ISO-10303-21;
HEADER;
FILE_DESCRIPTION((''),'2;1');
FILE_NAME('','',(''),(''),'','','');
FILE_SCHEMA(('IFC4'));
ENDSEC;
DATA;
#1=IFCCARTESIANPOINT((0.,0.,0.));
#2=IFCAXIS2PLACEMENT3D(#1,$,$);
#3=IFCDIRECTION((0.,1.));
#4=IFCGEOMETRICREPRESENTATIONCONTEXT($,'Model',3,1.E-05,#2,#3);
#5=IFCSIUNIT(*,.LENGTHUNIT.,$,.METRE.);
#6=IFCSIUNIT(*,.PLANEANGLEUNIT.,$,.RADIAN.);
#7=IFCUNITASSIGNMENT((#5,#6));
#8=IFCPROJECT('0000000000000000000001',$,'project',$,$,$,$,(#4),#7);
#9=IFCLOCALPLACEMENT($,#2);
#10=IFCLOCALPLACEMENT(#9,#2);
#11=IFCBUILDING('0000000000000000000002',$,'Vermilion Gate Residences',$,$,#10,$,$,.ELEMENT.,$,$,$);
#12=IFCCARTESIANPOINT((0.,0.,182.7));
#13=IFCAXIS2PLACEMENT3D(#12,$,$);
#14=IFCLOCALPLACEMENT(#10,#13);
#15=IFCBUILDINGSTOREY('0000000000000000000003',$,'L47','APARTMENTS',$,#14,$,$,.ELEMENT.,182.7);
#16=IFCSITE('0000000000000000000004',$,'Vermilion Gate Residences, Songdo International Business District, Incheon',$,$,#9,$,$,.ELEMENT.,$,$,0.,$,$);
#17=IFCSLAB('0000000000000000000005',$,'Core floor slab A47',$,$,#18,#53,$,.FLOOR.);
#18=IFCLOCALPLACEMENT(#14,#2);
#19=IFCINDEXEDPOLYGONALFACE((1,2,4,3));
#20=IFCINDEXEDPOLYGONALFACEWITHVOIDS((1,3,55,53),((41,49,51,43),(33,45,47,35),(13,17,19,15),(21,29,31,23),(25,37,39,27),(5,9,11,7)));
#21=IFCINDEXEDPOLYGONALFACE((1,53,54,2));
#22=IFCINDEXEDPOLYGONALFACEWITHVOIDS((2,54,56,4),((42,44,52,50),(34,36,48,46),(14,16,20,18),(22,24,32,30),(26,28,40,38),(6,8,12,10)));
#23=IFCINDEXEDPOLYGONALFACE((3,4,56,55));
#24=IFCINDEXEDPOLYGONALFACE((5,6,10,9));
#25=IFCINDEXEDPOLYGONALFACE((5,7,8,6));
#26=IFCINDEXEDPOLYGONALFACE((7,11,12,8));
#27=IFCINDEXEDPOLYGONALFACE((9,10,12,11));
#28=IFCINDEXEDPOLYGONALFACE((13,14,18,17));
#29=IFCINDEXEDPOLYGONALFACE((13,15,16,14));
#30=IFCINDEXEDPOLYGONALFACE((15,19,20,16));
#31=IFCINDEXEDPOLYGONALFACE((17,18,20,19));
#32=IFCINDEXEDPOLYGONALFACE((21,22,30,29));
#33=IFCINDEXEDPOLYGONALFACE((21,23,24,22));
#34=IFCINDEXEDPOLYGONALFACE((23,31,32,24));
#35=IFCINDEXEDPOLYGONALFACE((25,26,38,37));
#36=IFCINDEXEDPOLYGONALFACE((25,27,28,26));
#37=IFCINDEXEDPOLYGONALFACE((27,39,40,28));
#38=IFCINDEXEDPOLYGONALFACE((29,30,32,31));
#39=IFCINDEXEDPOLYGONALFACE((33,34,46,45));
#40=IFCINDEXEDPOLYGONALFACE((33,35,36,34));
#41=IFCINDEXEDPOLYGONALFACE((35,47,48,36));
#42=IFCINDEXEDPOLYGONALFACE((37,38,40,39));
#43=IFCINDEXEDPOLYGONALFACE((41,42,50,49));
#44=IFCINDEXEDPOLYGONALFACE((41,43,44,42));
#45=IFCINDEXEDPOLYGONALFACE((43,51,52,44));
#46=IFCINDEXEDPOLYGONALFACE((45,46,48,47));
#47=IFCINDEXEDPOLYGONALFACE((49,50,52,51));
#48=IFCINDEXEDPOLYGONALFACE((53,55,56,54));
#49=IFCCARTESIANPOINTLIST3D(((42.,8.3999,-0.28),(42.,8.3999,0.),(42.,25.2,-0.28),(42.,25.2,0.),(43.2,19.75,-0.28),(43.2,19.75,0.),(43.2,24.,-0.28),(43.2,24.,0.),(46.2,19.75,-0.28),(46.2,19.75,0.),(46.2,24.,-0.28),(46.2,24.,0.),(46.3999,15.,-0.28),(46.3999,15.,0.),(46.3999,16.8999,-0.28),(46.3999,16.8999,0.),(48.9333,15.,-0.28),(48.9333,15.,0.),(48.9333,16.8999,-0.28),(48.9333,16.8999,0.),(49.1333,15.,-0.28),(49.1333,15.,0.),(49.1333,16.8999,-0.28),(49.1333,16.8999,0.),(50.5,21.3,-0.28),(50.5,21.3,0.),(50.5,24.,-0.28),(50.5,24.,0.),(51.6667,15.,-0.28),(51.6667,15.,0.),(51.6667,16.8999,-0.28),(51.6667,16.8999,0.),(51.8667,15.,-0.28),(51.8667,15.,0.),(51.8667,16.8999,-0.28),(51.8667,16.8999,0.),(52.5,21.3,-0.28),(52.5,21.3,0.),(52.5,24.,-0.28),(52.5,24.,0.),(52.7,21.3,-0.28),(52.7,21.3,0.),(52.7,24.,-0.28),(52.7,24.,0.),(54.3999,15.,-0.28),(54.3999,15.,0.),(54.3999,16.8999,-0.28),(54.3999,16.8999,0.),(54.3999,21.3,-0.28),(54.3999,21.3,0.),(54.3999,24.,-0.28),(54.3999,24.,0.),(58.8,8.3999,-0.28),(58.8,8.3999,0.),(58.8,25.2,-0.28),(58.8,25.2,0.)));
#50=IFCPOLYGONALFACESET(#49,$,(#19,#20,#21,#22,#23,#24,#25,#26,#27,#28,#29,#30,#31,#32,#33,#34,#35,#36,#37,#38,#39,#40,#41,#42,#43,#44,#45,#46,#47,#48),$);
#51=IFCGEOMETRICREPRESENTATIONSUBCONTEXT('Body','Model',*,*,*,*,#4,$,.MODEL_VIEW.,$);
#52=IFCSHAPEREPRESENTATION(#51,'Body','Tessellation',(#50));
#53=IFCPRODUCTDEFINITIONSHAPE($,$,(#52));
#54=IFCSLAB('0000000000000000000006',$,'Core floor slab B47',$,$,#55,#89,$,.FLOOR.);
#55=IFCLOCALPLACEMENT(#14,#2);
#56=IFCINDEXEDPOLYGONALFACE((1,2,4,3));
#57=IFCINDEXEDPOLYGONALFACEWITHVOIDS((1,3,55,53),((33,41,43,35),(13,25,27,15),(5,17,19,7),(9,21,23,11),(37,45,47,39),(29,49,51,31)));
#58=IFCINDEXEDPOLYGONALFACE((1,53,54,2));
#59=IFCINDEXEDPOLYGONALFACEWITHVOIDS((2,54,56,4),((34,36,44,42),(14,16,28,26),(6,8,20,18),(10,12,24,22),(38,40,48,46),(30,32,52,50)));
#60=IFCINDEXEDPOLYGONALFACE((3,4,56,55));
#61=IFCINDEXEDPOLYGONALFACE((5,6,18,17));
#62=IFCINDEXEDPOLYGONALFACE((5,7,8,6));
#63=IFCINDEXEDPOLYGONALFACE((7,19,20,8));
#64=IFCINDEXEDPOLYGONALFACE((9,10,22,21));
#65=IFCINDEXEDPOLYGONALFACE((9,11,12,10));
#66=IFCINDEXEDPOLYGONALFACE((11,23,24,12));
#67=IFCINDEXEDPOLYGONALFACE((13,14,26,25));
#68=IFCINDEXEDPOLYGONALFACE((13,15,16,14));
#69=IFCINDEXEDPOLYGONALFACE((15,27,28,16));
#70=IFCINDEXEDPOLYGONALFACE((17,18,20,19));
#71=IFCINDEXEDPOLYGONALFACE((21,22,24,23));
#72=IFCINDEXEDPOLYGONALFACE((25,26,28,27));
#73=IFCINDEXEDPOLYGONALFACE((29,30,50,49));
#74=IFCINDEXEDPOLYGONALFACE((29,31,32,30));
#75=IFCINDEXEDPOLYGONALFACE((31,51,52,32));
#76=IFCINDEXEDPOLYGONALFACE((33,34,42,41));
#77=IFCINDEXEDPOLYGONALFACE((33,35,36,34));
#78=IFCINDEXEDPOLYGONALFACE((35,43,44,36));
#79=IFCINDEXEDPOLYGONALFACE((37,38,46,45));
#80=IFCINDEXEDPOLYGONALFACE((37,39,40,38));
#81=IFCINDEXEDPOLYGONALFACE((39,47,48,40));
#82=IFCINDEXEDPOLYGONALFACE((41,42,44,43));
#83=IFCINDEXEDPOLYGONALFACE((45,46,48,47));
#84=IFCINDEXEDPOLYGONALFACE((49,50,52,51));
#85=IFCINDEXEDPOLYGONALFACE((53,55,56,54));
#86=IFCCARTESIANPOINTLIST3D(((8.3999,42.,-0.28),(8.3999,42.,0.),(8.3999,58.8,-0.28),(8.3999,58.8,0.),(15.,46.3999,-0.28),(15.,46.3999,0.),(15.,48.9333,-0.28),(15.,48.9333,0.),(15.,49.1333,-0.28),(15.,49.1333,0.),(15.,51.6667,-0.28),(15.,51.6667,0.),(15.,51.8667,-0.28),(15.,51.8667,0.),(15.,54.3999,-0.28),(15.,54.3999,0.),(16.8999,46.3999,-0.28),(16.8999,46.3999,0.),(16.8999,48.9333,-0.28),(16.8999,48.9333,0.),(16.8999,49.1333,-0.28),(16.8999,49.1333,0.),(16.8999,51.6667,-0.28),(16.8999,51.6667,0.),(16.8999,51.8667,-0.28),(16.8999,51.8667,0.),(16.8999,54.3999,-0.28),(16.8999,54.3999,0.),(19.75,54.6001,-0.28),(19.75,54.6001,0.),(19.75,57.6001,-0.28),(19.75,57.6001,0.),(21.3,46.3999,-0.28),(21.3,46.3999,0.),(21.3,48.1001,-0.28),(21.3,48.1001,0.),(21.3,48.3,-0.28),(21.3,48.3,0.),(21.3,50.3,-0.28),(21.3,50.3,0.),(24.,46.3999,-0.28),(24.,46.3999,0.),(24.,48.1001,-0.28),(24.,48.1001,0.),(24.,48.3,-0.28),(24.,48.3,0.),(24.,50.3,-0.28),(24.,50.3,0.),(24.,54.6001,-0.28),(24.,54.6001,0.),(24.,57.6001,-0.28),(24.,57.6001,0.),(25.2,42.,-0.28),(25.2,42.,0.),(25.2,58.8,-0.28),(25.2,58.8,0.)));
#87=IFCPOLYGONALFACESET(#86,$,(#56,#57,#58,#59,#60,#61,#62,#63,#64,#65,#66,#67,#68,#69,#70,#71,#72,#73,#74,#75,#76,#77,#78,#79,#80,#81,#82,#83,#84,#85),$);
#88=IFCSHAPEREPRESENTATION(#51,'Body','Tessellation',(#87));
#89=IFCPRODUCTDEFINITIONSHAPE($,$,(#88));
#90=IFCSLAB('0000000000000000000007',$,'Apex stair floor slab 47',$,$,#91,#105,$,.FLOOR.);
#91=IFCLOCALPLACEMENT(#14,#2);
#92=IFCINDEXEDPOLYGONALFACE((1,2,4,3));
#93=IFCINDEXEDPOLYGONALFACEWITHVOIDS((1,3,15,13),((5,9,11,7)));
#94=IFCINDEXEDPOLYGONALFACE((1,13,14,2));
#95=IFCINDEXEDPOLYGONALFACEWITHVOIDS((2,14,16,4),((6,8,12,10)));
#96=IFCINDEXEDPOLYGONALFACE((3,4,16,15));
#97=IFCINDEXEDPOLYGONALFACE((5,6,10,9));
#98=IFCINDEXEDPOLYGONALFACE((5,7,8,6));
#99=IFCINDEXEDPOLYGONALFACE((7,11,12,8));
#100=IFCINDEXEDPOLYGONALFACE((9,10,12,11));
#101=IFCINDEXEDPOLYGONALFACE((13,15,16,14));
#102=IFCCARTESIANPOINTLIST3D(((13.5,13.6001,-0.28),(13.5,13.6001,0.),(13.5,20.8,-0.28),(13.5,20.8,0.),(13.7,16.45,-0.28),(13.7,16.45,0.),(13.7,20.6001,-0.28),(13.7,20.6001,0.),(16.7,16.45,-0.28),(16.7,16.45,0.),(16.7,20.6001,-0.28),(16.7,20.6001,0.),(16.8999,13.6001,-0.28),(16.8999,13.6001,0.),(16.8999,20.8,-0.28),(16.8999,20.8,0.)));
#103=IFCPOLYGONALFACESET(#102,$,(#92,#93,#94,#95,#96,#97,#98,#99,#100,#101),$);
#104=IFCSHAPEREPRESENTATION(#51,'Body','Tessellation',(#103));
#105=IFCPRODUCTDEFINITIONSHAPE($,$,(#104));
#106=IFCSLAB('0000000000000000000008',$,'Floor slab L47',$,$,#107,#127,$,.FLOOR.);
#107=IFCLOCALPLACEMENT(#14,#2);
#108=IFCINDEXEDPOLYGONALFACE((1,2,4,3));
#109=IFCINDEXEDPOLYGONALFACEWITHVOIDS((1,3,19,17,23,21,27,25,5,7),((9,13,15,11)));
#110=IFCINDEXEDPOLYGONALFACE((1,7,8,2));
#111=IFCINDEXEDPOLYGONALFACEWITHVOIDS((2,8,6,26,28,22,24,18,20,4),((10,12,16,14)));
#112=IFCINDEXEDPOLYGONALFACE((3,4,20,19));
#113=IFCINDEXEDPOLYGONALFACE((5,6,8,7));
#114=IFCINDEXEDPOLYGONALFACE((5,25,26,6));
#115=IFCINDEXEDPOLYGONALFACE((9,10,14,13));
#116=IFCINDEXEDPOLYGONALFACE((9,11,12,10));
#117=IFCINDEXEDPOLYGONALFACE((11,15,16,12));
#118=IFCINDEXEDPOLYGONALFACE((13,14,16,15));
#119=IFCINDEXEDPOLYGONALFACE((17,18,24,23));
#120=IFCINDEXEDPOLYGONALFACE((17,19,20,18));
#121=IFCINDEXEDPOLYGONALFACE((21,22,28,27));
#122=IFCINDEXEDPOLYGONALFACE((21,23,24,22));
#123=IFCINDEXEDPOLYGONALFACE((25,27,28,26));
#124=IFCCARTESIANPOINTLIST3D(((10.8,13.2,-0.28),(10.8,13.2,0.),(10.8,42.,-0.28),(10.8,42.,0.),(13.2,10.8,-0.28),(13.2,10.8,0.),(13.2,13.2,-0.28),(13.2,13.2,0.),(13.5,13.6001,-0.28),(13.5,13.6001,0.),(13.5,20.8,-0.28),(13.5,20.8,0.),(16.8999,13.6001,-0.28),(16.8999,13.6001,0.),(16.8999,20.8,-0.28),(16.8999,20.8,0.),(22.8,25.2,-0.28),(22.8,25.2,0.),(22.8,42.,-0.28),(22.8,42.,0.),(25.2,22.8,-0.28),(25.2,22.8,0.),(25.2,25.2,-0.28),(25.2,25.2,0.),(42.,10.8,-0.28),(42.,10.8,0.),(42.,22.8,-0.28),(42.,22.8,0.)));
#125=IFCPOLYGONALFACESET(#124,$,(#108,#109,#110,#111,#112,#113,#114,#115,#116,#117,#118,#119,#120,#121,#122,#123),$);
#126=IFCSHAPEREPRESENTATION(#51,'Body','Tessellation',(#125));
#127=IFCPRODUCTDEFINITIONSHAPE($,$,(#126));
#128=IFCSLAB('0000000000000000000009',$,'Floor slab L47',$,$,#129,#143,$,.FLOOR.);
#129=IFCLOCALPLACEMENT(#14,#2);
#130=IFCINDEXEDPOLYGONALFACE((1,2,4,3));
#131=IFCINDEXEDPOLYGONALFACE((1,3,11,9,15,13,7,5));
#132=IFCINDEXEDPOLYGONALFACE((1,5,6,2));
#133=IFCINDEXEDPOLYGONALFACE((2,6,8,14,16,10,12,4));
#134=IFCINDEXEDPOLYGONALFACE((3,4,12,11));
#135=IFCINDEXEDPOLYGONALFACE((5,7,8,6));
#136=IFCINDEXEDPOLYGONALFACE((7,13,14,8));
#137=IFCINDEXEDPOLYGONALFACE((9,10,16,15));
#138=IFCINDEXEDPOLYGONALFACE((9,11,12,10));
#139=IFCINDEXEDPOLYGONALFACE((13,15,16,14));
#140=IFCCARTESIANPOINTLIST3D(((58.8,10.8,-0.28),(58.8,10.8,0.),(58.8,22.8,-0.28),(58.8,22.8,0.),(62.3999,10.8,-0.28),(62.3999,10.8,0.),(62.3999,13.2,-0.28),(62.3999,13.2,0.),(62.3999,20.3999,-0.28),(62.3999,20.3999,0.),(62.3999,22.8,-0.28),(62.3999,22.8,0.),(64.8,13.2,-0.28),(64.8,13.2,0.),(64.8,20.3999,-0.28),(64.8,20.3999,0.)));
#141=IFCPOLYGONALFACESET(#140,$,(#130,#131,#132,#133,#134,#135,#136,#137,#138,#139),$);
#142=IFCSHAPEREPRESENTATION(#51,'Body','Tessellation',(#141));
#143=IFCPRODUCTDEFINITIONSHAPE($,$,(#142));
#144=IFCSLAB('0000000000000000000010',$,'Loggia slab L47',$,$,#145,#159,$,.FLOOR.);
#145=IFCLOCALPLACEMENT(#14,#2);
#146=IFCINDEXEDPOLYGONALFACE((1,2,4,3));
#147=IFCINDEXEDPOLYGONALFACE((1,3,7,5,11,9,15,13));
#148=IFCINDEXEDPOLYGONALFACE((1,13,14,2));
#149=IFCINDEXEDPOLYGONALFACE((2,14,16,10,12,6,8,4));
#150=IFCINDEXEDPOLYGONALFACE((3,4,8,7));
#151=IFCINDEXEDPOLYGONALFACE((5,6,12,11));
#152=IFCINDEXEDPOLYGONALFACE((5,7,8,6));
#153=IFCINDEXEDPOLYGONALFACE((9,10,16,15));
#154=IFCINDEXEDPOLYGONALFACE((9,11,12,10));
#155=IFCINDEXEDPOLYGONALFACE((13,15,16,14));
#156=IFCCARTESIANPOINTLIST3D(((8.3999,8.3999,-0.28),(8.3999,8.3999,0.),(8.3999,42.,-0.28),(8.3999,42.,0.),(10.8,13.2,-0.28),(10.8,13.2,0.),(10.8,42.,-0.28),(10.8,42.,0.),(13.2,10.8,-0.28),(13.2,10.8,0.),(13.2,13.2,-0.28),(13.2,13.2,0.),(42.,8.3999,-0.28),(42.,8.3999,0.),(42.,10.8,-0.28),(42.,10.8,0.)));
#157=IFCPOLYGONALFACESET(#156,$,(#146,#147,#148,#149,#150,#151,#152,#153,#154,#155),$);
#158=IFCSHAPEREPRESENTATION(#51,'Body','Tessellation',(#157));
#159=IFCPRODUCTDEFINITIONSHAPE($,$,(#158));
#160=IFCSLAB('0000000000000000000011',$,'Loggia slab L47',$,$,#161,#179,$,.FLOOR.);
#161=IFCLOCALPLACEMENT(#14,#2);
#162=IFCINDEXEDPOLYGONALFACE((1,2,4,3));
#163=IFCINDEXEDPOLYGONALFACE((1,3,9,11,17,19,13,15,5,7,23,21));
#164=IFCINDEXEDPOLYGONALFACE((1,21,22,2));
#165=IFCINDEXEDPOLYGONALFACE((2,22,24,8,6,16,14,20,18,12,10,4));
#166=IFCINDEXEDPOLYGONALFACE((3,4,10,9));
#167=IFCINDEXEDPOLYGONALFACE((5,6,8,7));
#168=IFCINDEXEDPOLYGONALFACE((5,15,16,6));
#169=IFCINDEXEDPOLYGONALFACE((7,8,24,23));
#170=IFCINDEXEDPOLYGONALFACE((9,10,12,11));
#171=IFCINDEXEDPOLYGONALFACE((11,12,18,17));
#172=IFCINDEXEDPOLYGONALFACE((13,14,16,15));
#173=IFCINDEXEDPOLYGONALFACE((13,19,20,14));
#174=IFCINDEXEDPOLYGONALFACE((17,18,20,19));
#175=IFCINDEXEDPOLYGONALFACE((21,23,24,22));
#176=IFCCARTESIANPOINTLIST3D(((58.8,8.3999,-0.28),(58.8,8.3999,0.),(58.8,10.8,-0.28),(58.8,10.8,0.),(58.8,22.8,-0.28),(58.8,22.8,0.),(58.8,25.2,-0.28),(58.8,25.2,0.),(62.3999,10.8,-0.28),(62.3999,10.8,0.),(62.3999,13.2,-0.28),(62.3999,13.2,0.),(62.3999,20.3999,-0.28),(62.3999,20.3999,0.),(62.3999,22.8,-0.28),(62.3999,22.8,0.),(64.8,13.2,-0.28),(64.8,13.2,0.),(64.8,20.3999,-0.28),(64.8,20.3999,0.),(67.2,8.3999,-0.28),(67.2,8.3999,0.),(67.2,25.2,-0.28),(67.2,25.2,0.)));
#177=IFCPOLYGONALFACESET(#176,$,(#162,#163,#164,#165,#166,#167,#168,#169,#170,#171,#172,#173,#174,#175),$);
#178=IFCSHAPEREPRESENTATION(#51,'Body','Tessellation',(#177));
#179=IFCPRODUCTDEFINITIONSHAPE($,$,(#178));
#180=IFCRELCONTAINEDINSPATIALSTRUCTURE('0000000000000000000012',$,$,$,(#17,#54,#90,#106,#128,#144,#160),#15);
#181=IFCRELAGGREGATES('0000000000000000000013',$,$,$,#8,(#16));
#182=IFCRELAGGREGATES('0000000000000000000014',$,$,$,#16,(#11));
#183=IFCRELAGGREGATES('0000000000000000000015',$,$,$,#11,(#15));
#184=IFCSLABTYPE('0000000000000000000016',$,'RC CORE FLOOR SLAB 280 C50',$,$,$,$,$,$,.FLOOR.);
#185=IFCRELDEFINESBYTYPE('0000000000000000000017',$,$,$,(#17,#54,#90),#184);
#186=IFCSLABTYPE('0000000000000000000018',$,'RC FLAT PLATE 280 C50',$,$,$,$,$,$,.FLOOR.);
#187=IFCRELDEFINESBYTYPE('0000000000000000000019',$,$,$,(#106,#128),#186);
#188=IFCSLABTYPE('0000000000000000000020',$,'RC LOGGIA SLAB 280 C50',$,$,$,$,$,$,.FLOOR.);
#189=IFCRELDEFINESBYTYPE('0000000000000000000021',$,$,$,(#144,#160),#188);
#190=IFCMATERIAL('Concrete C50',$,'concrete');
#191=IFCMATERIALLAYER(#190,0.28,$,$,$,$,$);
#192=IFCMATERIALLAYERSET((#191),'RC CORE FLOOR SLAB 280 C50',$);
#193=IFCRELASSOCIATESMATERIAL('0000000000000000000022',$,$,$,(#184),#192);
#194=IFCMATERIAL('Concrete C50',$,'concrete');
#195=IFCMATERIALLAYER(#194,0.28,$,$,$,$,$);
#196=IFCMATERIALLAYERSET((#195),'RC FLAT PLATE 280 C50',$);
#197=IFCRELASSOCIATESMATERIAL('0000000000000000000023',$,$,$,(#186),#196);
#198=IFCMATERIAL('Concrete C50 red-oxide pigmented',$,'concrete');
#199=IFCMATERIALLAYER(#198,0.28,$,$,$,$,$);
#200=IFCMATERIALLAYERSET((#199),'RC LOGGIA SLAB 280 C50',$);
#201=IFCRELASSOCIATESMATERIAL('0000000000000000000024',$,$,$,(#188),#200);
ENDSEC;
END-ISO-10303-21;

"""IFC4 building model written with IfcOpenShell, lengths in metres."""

from ifc_helpers import new_model, si_unit, direction, frame, origin, place, context, subcontext, project, spatial, polyline, outline, extrude, material, layer, layer_set, type_object, element, save


model = new_model("IFC4")

# Units and contexts
model_context = context("Model", 3, precision=1e-05, world=origin(), true_north=direction((0.0, 1.0)))
body_context = subcontext(model_context, "Body", "Model", "MODEL_VIEW")
ifc_project = project(units=[si_unit("LENGTHUNIT", "METRE"), si_unit("PLANEANGLEUNIT", "RADIAN")], contexts=[model_context])

# Site, building, storey
site_placement = place(None, origin())
site = spatial("IfcSite", under=ifc_project, at=site_placement, Name="Vermilion Gate Residences, Songdo International Business District, Incheon", CompositionType="ELEMENT", RefElevation=0.0)
building_placement = place(site_placement, origin())
building = spatial("IfcBuilding", under=site, at=building_placement, Name="Vermilion Gate Residences", CompositionType="ELEMENT")
storey_placement = place(building_placement, frame((0.0, 0.0, 182.7)))
storey = spatial("IfcBuildingStorey", under=building, at=storey_placement, Name="L47", Description="APARTMENTS", CompositionType="ELEMENT", Elevation=182.7)

# Slabs
ifc_material_1 = material(Name="Concrete C50", Category="concrete")
ifc_layer_1 = layer(ifc_material_1, 0.28)
ifc_layer_set_1 = layer_set([ifc_layer_1], Name="RC CORE FLOOR SLAB 280 C50")
slab_type_1 = type_object("IfcSlabType", Name="RC CORE FLOOR SLAB 280 C50", PredefinedType="FLOOR", material=ifc_layer_set_1)
slab_1_placement = place(storey_placement, frame((0.0, 0.0, -0.28)))
element("IfcSlab", 1, at=slab_1_placement, inside=storey, type_object=slab_type_1, Name="Core floor slab A47", PredefinedType="FLOOR", context=body_context, shape_type="SweptSolid", body=[
    extrude(outline(polyline([(42.0, 8.3999), (58.8, 8.3999), (58.8, 25.2), (42.0, 25.2), (42.0, 8.3999)]), holes=[polyline([(46.3999, 15.0), (46.3999, 16.8999), (48.9333, 16.8999), (48.9333, 15.0), (46.3999, 15.0)]), polyline([(49.1333, 16.8999), (51.6667, 16.8999), (51.6667, 15.0), (49.1333, 15.0), (49.1333, 16.8999)]), polyline([(51.8667, 16.8999), (54.3999, 16.8999), (54.3999, 15.0), (51.8667, 15.0), (51.8667, 16.8999)]), polyline([(43.2, 19.75), (43.2, 24.0), (46.2, 24.0), (46.2, 19.75), (43.2, 19.75)]), polyline([(50.5, 24.0), (52.5, 24.0), (52.5, 21.3), (50.5, 21.3), (50.5, 24.0)]), polyline([(52.7, 24.0), (54.3999, 24.0), (54.3999, 21.3), (52.7, 21.3), (52.7, 24.0)])]), origin(), (0.0, 0.0, 1.0), 0.28),
])
slab_2_placement = place(storey_placement, frame((0.0, 0.0, -0.28)))
element("IfcSlab", 2, at=slab_2_placement, inside=storey, type_object=slab_type_1, Name="Core floor slab B47", PredefinedType="FLOOR", context=body_context, shape_type="SweptSolid", body=[
    extrude(outline(polyline([(8.3999, 42.0), (25.2, 42.0), (25.2, 58.8), (8.3999, 58.8), (8.3999, 42.0)]), holes=[polyline([(21.3, 46.3999), (21.3, 48.1001), (24.0, 48.1001), (24.0, 46.3999), (21.3, 46.3999)]), polyline([(15.0, 48.9333), (16.8999, 48.9333), (16.8999, 46.3999), (15.0, 46.3999), (15.0, 48.9333)]), polyline([(21.3, 50.3), (24.0, 50.3), (24.0, 48.3), (21.3, 48.3), (21.3, 50.3)]), polyline([(15.0, 49.1333), (15.0, 51.6667), (16.8999, 51.6667), (16.8999, 49.1333), (15.0, 49.1333)]), polyline([(15.0, 54.3999), (16.8999, 54.3999), (16.8999, 51.8667), (15.0, 51.8667), (15.0, 54.3999)]), polyline([(19.75, 57.6001), (24.0, 57.6001), (24.0, 54.6001), (19.75, 54.6001), (19.75, 57.6001)])]), origin(), (0.0, 0.0, 1.0), 0.28),
])
slab_3_placement = place(storey_placement, frame((0.0, 0.0, -0.28)))
element("IfcSlab", 3, at=slab_3_placement, inside=storey, type_object=slab_type_1, Name="Apex stair floor slab 47", PredefinedType="FLOOR", context=body_context, shape_type="SweptSolid", body=[
    extrude(outline(polyline([(13.5, 13.6001), (16.8999, 13.6001), (16.8999, 20.8), (13.5, 20.8), (13.5, 13.6001)]), holes=[polyline([(16.7, 20.6001), (16.7, 16.45), (13.7, 16.45), (13.7, 20.6001), (16.7, 20.6001)])]), origin(), (0.0, 0.0, 1.0), 0.28),
])
ifc_material_2 = material(Name="Concrete C50", Category="concrete")
ifc_layer_2 = layer(ifc_material_2, 0.28)
ifc_layer_set_2 = layer_set([ifc_layer_2], Name="RC FLAT PLATE 280 C50")
slab_type_2 = type_object("IfcSlabType", Name="RC FLAT PLATE 280 C50", PredefinedType="FLOOR", material=ifc_layer_set_2)
slab_4_placement = place(storey_placement, frame((0.0, 0.0, -0.28)))
element("IfcSlab", 4, at=slab_4_placement, inside=storey, type_object=slab_type_2, Name="Floor slab L47", PredefinedType="FLOOR", context=body_context, shape_type="SweptSolid", body=[
    extrude(outline(polyline([(22.8, 25.2), (22.8, 42.0), (10.8, 42.0), (10.8, 13.2), (13.2, 13.2), (13.2, 10.8), (42.0, 10.8), (42.0, 22.8), (25.2, 22.8), (25.2, 25.2), (22.8, 25.2)]), holes=[polyline([(13.5, 13.6001), (13.5, 20.8), (16.8999, 20.8), (16.8999, 13.6001), (13.5, 13.6001)])]), origin(), (0.0, 0.0, 1.0), 0.28),
])
slab_5_placement = place(storey_placement, frame((0.0, 0.0, -0.28)))
element("IfcSlab", 5, at=slab_5_placement, inside=storey, type_object=slab_type_2, Name="Floor slab L47", PredefinedType="FLOOR", context=body_context, shape_type="SweptSolid", body=[
    extrude(outline(polyline([(58.8, 22.8), (58.8, 10.8), (62.3999, 10.8), (62.3999, 13.2), (64.8, 13.2), (64.8, 20.3999), (62.3999, 20.3999), (62.3999, 22.8), (58.8, 22.8)])), origin(), (0.0, 0.0, 1.0), 0.28),
])
ifc_material_3 = material(Name="Concrete C50 red-oxide pigmented", Category="concrete")
ifc_layer_3 = layer(ifc_material_3, 0.28)
ifc_layer_set_3 = layer_set([ifc_layer_3], Name="RC LOGGIA SLAB 280 C50")
slab_type_3 = type_object("IfcSlabType", Name="RC LOGGIA SLAB 280 C50", PredefinedType="FLOOR", material=ifc_layer_set_3)
slab_6_placement = place(storey_placement, frame((0.0, 0.0, -0.28)))
element("IfcSlab", 6, at=slab_6_placement, inside=storey, type_object=slab_type_3, Name="Loggia slab L47", PredefinedType="FLOOR", context=body_context, shape_type="SweptSolid", body=[
    extrude(outline(polyline([(8.3999, 42.0), (8.3999, 8.3999), (42.0, 8.3999), (42.0, 10.8), (13.2, 10.8), (13.2, 13.2), (10.8, 13.2), (10.8, 42.0), (8.3999, 42.0)])), origin(), (0.0, 0.0, 1.0), 0.28),
])
slab_7_placement = place(storey_placement, frame((0.0, 0.0, -0.28)))
element("IfcSlab", 7, at=slab_7_placement, inside=storey, type_object=slab_type_3, Name="Loggia slab L47", PredefinedType="FLOOR", context=body_context, shape_type="SweptSolid", body=[
    extrude(outline(polyline([(64.8, 13.2), (62.3999, 13.2), (62.3999, 10.8), (58.8, 10.8), (58.8, 8.3999), (67.2, 8.3999), (67.2, 25.2), (58.8, 25.2), (58.8, 22.8), (62.3999, 22.8), (62.3999, 20.3999), (64.8, 20.3999), (64.8, 13.2)])), origin(), (0.0, 0.0, 1.0), 0.28),
])

save(model, "model.ifc")
